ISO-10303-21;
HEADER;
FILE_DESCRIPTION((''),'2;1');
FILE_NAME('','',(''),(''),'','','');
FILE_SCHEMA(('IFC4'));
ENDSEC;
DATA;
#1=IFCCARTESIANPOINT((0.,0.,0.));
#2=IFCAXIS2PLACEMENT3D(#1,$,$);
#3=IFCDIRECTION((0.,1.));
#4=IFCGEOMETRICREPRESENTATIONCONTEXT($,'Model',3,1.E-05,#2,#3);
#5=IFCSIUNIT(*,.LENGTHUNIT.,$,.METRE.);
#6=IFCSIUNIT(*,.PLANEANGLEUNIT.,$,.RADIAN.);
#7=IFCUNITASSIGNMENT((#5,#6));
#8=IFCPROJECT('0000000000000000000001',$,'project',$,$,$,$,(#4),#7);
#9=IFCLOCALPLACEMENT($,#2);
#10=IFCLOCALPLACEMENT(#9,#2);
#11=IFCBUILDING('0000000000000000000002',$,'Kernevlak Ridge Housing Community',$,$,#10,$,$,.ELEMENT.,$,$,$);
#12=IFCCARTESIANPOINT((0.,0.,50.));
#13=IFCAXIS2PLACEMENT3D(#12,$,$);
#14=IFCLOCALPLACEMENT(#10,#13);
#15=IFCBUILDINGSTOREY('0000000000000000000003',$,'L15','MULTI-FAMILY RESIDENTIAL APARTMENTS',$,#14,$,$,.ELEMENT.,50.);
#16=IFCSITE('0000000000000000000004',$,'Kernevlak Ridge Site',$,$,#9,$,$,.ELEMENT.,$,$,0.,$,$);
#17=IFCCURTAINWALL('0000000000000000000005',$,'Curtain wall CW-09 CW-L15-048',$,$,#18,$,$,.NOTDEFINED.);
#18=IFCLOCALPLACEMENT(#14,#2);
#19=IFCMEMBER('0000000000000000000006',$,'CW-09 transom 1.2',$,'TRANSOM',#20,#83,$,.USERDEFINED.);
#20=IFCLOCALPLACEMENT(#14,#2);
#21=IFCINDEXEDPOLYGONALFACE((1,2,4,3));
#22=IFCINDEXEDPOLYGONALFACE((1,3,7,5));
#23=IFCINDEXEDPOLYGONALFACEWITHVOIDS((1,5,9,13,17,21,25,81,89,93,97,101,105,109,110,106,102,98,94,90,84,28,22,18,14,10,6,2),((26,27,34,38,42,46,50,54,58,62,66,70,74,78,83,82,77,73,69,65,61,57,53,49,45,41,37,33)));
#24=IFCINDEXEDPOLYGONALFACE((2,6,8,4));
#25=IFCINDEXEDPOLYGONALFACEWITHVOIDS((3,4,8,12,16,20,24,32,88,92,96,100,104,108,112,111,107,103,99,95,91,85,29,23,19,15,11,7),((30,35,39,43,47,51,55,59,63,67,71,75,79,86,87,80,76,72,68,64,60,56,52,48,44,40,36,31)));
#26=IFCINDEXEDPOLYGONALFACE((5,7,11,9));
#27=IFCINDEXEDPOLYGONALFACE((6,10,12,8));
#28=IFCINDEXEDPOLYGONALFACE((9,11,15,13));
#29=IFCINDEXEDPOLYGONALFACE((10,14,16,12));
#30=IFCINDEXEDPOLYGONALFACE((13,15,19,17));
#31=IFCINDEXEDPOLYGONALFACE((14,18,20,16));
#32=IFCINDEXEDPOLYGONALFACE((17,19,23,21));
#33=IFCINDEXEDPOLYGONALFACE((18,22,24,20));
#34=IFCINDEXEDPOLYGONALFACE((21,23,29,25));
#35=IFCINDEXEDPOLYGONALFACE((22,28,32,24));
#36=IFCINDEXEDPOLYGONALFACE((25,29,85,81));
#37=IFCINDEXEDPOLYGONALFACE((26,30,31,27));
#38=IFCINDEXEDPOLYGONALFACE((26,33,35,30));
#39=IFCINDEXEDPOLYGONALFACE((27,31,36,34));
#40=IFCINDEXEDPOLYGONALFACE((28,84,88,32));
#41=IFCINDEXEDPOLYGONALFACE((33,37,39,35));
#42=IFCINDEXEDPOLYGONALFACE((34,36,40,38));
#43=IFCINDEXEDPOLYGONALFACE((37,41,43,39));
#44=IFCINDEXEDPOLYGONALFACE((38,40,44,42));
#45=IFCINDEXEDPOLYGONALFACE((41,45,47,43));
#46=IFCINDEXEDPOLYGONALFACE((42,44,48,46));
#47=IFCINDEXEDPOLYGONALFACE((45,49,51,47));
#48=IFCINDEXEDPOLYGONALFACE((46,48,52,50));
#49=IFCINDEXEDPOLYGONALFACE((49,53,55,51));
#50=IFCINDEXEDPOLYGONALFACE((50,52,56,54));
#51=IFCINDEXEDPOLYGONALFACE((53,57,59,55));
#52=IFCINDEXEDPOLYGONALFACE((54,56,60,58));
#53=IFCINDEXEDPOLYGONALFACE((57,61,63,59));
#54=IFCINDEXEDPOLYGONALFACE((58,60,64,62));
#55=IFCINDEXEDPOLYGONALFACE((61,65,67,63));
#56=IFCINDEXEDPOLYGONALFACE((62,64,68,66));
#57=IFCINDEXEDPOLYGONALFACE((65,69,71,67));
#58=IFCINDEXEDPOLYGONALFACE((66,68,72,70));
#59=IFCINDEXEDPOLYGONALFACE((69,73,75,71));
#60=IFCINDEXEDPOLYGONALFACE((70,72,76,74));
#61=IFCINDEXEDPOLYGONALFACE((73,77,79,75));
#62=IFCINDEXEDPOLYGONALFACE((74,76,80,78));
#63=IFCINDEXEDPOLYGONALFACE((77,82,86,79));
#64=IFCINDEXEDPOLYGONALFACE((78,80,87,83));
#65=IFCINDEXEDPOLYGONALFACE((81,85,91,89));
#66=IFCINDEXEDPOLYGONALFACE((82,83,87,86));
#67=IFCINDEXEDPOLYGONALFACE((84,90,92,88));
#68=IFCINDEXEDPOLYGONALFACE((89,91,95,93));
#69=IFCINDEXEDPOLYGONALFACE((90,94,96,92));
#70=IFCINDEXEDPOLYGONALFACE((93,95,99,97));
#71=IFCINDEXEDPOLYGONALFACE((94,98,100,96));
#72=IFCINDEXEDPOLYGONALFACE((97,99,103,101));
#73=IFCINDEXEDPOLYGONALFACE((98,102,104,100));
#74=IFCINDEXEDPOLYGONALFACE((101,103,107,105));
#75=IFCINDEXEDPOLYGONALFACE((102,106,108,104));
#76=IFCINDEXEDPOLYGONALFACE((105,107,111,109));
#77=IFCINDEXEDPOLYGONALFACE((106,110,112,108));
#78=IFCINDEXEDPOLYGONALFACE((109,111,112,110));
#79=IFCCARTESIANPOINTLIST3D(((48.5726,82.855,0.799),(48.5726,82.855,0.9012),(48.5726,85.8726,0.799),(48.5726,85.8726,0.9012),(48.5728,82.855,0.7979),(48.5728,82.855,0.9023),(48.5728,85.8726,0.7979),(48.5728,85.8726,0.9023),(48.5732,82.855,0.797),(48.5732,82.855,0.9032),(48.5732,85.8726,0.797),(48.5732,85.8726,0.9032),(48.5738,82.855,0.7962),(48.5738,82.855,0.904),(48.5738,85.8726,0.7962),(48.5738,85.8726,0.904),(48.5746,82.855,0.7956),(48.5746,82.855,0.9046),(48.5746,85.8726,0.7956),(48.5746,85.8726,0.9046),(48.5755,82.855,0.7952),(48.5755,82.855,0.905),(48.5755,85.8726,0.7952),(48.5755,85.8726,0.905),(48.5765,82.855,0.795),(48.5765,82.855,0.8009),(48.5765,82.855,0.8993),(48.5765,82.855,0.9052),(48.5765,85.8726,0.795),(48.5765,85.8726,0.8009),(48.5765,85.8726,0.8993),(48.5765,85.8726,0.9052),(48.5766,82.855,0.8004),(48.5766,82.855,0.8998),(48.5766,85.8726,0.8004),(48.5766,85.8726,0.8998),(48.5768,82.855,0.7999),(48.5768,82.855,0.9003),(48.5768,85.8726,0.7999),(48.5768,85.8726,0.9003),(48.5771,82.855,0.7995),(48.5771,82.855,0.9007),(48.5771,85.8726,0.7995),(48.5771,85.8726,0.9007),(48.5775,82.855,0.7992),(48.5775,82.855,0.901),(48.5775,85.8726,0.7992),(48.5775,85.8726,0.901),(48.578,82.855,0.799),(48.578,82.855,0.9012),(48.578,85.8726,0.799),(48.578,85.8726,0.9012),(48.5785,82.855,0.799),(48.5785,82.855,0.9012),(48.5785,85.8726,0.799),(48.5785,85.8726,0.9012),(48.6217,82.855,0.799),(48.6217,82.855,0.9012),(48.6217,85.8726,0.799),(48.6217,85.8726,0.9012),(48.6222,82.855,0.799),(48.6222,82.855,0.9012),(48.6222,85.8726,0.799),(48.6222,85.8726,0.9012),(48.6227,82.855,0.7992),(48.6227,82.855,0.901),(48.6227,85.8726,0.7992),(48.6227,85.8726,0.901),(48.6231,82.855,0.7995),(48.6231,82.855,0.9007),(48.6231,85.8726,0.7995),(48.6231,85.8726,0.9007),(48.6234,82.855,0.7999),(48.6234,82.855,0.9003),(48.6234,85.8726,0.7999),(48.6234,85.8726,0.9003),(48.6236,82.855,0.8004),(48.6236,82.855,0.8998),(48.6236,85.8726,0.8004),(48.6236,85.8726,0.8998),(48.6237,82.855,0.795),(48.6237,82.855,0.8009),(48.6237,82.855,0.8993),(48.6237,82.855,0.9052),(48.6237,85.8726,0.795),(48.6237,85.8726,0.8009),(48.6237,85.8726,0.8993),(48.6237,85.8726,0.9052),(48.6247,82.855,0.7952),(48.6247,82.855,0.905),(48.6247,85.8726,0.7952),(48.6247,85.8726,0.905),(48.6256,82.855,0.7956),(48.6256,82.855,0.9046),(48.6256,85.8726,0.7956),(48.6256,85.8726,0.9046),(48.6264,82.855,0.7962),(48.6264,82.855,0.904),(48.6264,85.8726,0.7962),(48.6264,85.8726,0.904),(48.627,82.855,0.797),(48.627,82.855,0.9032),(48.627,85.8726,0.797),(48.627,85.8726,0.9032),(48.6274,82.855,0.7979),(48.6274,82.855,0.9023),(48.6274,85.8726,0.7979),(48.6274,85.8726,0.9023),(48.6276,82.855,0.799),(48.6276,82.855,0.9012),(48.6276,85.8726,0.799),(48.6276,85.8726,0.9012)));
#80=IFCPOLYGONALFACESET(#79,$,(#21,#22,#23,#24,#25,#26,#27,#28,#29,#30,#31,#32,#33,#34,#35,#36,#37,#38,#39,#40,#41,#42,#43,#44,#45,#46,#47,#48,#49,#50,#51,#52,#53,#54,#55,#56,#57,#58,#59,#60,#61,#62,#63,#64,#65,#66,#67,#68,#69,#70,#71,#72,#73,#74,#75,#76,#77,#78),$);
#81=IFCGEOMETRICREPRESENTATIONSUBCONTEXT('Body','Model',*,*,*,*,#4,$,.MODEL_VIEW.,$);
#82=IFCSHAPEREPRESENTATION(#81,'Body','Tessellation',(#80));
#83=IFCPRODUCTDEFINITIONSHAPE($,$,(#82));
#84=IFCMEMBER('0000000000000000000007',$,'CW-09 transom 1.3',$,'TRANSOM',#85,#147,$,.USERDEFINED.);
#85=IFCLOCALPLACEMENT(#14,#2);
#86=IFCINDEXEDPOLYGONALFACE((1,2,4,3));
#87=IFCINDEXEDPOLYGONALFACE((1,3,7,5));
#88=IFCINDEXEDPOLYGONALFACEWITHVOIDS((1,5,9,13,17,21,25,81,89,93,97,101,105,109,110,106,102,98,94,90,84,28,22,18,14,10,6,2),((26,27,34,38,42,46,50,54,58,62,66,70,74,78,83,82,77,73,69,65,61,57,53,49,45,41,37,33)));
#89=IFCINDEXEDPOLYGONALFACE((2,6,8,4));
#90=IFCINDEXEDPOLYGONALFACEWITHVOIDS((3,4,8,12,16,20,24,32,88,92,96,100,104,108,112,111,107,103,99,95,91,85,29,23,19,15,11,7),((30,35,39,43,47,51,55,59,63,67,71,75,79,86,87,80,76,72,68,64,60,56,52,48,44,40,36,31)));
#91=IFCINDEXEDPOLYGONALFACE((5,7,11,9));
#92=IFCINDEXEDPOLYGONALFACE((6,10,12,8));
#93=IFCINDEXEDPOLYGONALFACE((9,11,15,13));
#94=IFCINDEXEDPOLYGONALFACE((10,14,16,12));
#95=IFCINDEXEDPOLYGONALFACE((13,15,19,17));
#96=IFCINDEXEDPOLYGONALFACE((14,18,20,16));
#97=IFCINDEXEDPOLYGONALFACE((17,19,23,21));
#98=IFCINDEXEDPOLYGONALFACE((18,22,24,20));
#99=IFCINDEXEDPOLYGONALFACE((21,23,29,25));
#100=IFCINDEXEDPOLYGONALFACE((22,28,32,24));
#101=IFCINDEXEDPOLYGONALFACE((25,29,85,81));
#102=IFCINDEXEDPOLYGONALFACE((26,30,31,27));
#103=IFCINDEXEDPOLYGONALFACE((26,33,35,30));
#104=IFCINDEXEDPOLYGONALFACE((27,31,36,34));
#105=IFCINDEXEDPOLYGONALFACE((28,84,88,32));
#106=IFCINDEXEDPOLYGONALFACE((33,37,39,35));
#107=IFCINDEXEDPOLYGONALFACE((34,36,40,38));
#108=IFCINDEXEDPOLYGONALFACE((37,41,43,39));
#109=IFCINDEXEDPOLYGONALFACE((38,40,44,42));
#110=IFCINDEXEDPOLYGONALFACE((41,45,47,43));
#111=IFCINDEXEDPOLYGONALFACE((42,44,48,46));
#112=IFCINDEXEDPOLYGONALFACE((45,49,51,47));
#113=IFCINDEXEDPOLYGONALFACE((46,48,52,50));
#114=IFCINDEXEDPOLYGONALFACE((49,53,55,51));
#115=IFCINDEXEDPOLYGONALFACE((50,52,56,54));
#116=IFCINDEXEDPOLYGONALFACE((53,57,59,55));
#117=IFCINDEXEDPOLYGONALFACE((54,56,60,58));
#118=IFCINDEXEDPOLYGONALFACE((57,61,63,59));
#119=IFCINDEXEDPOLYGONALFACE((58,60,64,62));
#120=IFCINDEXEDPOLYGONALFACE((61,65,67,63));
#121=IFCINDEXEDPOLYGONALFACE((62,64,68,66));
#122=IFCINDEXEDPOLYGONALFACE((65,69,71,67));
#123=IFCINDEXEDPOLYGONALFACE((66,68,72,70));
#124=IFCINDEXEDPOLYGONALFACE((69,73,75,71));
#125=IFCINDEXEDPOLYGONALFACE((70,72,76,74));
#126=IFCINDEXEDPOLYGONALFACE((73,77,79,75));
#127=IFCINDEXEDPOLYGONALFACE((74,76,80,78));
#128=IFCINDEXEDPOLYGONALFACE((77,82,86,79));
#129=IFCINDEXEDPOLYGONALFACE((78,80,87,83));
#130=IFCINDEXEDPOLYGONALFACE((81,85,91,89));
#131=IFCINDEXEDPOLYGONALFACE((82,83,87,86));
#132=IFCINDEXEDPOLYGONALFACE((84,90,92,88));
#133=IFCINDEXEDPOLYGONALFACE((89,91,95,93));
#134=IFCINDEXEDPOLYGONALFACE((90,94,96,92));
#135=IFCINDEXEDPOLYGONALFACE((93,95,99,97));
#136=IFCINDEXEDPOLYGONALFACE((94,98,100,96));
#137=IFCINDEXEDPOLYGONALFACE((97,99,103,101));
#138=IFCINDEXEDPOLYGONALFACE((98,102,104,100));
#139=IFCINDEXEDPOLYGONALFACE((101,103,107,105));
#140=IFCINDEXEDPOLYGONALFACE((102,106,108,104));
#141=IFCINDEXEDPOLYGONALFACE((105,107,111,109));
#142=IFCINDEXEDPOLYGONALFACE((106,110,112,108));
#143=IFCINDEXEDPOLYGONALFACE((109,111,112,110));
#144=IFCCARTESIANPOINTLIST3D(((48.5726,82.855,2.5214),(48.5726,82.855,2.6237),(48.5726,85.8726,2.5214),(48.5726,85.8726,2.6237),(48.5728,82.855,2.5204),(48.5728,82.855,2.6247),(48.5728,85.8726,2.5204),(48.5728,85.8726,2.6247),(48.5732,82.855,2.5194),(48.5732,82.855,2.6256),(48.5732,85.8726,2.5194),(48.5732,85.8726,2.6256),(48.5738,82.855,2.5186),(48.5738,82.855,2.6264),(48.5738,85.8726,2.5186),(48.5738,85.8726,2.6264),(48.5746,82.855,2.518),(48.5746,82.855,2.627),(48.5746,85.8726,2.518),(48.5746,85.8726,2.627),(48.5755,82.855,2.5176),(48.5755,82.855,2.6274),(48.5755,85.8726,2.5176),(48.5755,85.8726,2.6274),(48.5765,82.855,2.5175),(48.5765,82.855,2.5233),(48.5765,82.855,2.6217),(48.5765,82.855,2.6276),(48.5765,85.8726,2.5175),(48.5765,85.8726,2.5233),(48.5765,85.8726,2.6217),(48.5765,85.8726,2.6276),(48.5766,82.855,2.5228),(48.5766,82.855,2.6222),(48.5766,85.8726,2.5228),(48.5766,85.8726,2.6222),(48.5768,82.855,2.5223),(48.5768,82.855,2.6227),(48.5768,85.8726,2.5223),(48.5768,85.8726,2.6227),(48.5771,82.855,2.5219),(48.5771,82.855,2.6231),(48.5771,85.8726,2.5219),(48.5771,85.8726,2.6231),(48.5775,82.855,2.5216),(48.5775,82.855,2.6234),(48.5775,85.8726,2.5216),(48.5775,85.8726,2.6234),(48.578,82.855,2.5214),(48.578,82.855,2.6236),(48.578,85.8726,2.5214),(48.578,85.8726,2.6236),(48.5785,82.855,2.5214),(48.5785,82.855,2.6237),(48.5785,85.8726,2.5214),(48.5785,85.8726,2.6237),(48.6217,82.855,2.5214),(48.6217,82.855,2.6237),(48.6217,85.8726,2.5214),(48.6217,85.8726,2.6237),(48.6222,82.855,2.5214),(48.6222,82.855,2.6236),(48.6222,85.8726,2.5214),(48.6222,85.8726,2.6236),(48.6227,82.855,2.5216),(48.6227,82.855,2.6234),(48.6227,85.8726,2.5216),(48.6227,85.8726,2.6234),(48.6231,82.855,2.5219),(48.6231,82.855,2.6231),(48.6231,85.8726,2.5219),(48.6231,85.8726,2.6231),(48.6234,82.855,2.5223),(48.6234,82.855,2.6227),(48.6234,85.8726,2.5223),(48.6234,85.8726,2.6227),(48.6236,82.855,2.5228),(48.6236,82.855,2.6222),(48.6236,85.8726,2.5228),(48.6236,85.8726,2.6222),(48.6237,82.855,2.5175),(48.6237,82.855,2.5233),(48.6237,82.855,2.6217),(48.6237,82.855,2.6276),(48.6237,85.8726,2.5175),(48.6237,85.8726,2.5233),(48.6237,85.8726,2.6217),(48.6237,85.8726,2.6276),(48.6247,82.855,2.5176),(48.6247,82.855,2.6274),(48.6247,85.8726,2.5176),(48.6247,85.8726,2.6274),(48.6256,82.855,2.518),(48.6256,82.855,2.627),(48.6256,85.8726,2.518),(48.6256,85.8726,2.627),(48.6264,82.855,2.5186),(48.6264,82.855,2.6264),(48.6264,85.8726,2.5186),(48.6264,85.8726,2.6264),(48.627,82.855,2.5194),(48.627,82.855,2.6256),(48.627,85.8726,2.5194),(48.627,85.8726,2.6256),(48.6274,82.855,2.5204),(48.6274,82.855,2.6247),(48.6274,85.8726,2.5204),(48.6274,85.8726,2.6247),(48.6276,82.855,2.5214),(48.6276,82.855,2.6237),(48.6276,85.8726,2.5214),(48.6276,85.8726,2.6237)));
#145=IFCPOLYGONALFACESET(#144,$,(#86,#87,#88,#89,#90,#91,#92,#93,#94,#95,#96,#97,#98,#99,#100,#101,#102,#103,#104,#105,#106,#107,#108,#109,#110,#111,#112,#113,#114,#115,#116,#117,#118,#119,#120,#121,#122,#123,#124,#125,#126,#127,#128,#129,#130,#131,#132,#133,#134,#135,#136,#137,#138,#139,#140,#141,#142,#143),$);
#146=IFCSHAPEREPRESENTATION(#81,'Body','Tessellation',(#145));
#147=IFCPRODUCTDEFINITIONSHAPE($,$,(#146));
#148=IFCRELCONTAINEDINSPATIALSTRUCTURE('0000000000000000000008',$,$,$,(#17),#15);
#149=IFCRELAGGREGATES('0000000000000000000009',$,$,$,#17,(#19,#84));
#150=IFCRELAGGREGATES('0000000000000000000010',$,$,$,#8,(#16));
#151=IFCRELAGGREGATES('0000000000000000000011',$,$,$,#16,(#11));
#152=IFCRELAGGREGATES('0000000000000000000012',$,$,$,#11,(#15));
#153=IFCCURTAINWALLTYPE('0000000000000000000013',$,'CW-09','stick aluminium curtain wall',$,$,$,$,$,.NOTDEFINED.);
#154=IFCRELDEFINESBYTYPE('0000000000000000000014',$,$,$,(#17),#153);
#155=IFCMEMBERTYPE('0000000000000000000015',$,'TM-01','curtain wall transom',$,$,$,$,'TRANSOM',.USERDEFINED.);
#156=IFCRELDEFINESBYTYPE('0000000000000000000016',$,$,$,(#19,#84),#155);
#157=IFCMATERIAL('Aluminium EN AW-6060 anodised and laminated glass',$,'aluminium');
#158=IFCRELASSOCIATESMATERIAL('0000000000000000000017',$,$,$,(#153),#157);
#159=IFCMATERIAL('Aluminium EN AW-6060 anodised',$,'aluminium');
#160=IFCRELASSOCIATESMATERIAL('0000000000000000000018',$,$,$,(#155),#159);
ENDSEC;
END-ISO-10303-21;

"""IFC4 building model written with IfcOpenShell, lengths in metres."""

from ifc_helpers import new_model, si_unit, direction, frame, origin, origin_2d, place, context, subcontext, project, spatial, hollow_rectangle, extrude, material, material_profile, profile_set, type_object, element, aggregate, save


model = new_model("IFC4")

# Units and contexts
model_context = context("Model", 3, precision=1e-05, world=origin(), true_north=direction((0.0, 1.0)))
body_context = subcontext(model_context, "Body", "Model", "MODEL_VIEW")
ifc_project = project(units=[si_unit("LENGTHUNIT", "METRE"), si_unit("PLANEANGLEUNIT", "RADIAN")], contexts=[model_context])

# Site, building, storey
site_placement = place(None, origin())
site = spatial("IfcSite", under=ifc_project, at=site_placement, Name="Kernevlak Ridge Site", CompositionType="ELEMENT", RefElevation=0.0)
building_placement = place(site_placement, origin())
building = spatial("IfcBuilding", under=site, at=building_placement, Name="Kernevlak Ridge Housing Community", CompositionType="ELEMENT")
storey_placement = place(building_placement, frame((0.0, 0.0, 50.0)))
storey = spatial("IfcBuildingStorey", under=building, at=storey_placement, Name="L15", Description="MULTI-FAMILY RESIDENTIAL APARTMENTS", CompositionType="ELEMENT", Elevation=50.0)

# Curtain wall
ifc_material_1 = material(Name="Aluminium EN AW-6060 anodised and laminated glass", Category="aluminium")
curtain_wall_type = type_object("IfcCurtainWallType", Name="CW-09", Description="stick aluminium curtain wall", PredefinedType="NOTDEFINED", material=ifc_material_1)
curtain_wall_placement = place(storey_placement, origin())
curtain_wall = element("IfcCurtainWall", 1, at=curtain_wall_placement, inside=storey, type_object=curtain_wall_type, Name="Curtain wall CW-09 CW-L15-048", PredefinedType="NOTDEFINED")
ifc_material_2 = material(Name="Aluminium EN AW-6060 anodised", Category="aluminium")

# Members
ifc_material_profile_1 = material_profile(ifc_material_2, hollow_rectangle(XDim=0.0549, YDim=0.1101, WallThickness=0.0039, InnerFilletRadius=0.002, OuterFilletRadius=0.0039, at=origin_2d()), Name="ALU 55x110x4")
ifc_profile_set_1 = profile_set([ifc_material_profile_1], Name="Aluminium EN AW-6060 anodised")
member_type_1 = type_object("IfcMemberType", Name="TM-01", Description="curtain wall transom", ElementType="TRANSOM", PredefinedType="USERDEFINED", material=ifc_profile_set_1)
member_1_placement = place(storey_placement, frame((48.6001, 82.855, 0.8501), z_axis=(0.0, 1.0, 0.0), x_axis=(-1.0, 0.0, 0.0)))
member_1 = element("IfcMember", 2, at=member_1_placement, type_object=member_type_1, Name="CW-09 transom 1.2", ObjectType="TRANSOM", PredefinedType="USERDEFINED", context=body_context, shape_type="SweptSolid", body=[
    extrude(hollow_rectangle(XDim=0.0549, YDim=0.1101, WallThickness=0.0039, InnerFilletRadius=0.002, OuterFilletRadius=0.0039, at=origin_2d()), origin(), (0.0, 0.0, 1.0), 3.0176),
])
member_2_placement = place(storey_placement, frame((48.6001, 82.855, 2.5725), z_axis=(0.0, 1.0, 0.0), x_axis=(-1.0, 0.0, 0.0)))
member_2 = element("IfcMember", 3, at=member_2_placement, type_object=member_type_1, Name="CW-09 transom 1.3", ObjectType="TRANSOM", PredefinedType="USERDEFINED", context=body_context, shape_type="SweptSolid", body=[
    extrude(hollow_rectangle(XDim=0.0549, YDim=0.1101, WallThickness=0.0039, InnerFilletRadius=0.002, OuterFilletRadius=0.0039, at=origin_2d()), origin(), (0.0, 0.0, 1.0), 3.0176),
])

aggregate(curtain_wall, [member_1, member_2])

save(model, "model.ifc")
